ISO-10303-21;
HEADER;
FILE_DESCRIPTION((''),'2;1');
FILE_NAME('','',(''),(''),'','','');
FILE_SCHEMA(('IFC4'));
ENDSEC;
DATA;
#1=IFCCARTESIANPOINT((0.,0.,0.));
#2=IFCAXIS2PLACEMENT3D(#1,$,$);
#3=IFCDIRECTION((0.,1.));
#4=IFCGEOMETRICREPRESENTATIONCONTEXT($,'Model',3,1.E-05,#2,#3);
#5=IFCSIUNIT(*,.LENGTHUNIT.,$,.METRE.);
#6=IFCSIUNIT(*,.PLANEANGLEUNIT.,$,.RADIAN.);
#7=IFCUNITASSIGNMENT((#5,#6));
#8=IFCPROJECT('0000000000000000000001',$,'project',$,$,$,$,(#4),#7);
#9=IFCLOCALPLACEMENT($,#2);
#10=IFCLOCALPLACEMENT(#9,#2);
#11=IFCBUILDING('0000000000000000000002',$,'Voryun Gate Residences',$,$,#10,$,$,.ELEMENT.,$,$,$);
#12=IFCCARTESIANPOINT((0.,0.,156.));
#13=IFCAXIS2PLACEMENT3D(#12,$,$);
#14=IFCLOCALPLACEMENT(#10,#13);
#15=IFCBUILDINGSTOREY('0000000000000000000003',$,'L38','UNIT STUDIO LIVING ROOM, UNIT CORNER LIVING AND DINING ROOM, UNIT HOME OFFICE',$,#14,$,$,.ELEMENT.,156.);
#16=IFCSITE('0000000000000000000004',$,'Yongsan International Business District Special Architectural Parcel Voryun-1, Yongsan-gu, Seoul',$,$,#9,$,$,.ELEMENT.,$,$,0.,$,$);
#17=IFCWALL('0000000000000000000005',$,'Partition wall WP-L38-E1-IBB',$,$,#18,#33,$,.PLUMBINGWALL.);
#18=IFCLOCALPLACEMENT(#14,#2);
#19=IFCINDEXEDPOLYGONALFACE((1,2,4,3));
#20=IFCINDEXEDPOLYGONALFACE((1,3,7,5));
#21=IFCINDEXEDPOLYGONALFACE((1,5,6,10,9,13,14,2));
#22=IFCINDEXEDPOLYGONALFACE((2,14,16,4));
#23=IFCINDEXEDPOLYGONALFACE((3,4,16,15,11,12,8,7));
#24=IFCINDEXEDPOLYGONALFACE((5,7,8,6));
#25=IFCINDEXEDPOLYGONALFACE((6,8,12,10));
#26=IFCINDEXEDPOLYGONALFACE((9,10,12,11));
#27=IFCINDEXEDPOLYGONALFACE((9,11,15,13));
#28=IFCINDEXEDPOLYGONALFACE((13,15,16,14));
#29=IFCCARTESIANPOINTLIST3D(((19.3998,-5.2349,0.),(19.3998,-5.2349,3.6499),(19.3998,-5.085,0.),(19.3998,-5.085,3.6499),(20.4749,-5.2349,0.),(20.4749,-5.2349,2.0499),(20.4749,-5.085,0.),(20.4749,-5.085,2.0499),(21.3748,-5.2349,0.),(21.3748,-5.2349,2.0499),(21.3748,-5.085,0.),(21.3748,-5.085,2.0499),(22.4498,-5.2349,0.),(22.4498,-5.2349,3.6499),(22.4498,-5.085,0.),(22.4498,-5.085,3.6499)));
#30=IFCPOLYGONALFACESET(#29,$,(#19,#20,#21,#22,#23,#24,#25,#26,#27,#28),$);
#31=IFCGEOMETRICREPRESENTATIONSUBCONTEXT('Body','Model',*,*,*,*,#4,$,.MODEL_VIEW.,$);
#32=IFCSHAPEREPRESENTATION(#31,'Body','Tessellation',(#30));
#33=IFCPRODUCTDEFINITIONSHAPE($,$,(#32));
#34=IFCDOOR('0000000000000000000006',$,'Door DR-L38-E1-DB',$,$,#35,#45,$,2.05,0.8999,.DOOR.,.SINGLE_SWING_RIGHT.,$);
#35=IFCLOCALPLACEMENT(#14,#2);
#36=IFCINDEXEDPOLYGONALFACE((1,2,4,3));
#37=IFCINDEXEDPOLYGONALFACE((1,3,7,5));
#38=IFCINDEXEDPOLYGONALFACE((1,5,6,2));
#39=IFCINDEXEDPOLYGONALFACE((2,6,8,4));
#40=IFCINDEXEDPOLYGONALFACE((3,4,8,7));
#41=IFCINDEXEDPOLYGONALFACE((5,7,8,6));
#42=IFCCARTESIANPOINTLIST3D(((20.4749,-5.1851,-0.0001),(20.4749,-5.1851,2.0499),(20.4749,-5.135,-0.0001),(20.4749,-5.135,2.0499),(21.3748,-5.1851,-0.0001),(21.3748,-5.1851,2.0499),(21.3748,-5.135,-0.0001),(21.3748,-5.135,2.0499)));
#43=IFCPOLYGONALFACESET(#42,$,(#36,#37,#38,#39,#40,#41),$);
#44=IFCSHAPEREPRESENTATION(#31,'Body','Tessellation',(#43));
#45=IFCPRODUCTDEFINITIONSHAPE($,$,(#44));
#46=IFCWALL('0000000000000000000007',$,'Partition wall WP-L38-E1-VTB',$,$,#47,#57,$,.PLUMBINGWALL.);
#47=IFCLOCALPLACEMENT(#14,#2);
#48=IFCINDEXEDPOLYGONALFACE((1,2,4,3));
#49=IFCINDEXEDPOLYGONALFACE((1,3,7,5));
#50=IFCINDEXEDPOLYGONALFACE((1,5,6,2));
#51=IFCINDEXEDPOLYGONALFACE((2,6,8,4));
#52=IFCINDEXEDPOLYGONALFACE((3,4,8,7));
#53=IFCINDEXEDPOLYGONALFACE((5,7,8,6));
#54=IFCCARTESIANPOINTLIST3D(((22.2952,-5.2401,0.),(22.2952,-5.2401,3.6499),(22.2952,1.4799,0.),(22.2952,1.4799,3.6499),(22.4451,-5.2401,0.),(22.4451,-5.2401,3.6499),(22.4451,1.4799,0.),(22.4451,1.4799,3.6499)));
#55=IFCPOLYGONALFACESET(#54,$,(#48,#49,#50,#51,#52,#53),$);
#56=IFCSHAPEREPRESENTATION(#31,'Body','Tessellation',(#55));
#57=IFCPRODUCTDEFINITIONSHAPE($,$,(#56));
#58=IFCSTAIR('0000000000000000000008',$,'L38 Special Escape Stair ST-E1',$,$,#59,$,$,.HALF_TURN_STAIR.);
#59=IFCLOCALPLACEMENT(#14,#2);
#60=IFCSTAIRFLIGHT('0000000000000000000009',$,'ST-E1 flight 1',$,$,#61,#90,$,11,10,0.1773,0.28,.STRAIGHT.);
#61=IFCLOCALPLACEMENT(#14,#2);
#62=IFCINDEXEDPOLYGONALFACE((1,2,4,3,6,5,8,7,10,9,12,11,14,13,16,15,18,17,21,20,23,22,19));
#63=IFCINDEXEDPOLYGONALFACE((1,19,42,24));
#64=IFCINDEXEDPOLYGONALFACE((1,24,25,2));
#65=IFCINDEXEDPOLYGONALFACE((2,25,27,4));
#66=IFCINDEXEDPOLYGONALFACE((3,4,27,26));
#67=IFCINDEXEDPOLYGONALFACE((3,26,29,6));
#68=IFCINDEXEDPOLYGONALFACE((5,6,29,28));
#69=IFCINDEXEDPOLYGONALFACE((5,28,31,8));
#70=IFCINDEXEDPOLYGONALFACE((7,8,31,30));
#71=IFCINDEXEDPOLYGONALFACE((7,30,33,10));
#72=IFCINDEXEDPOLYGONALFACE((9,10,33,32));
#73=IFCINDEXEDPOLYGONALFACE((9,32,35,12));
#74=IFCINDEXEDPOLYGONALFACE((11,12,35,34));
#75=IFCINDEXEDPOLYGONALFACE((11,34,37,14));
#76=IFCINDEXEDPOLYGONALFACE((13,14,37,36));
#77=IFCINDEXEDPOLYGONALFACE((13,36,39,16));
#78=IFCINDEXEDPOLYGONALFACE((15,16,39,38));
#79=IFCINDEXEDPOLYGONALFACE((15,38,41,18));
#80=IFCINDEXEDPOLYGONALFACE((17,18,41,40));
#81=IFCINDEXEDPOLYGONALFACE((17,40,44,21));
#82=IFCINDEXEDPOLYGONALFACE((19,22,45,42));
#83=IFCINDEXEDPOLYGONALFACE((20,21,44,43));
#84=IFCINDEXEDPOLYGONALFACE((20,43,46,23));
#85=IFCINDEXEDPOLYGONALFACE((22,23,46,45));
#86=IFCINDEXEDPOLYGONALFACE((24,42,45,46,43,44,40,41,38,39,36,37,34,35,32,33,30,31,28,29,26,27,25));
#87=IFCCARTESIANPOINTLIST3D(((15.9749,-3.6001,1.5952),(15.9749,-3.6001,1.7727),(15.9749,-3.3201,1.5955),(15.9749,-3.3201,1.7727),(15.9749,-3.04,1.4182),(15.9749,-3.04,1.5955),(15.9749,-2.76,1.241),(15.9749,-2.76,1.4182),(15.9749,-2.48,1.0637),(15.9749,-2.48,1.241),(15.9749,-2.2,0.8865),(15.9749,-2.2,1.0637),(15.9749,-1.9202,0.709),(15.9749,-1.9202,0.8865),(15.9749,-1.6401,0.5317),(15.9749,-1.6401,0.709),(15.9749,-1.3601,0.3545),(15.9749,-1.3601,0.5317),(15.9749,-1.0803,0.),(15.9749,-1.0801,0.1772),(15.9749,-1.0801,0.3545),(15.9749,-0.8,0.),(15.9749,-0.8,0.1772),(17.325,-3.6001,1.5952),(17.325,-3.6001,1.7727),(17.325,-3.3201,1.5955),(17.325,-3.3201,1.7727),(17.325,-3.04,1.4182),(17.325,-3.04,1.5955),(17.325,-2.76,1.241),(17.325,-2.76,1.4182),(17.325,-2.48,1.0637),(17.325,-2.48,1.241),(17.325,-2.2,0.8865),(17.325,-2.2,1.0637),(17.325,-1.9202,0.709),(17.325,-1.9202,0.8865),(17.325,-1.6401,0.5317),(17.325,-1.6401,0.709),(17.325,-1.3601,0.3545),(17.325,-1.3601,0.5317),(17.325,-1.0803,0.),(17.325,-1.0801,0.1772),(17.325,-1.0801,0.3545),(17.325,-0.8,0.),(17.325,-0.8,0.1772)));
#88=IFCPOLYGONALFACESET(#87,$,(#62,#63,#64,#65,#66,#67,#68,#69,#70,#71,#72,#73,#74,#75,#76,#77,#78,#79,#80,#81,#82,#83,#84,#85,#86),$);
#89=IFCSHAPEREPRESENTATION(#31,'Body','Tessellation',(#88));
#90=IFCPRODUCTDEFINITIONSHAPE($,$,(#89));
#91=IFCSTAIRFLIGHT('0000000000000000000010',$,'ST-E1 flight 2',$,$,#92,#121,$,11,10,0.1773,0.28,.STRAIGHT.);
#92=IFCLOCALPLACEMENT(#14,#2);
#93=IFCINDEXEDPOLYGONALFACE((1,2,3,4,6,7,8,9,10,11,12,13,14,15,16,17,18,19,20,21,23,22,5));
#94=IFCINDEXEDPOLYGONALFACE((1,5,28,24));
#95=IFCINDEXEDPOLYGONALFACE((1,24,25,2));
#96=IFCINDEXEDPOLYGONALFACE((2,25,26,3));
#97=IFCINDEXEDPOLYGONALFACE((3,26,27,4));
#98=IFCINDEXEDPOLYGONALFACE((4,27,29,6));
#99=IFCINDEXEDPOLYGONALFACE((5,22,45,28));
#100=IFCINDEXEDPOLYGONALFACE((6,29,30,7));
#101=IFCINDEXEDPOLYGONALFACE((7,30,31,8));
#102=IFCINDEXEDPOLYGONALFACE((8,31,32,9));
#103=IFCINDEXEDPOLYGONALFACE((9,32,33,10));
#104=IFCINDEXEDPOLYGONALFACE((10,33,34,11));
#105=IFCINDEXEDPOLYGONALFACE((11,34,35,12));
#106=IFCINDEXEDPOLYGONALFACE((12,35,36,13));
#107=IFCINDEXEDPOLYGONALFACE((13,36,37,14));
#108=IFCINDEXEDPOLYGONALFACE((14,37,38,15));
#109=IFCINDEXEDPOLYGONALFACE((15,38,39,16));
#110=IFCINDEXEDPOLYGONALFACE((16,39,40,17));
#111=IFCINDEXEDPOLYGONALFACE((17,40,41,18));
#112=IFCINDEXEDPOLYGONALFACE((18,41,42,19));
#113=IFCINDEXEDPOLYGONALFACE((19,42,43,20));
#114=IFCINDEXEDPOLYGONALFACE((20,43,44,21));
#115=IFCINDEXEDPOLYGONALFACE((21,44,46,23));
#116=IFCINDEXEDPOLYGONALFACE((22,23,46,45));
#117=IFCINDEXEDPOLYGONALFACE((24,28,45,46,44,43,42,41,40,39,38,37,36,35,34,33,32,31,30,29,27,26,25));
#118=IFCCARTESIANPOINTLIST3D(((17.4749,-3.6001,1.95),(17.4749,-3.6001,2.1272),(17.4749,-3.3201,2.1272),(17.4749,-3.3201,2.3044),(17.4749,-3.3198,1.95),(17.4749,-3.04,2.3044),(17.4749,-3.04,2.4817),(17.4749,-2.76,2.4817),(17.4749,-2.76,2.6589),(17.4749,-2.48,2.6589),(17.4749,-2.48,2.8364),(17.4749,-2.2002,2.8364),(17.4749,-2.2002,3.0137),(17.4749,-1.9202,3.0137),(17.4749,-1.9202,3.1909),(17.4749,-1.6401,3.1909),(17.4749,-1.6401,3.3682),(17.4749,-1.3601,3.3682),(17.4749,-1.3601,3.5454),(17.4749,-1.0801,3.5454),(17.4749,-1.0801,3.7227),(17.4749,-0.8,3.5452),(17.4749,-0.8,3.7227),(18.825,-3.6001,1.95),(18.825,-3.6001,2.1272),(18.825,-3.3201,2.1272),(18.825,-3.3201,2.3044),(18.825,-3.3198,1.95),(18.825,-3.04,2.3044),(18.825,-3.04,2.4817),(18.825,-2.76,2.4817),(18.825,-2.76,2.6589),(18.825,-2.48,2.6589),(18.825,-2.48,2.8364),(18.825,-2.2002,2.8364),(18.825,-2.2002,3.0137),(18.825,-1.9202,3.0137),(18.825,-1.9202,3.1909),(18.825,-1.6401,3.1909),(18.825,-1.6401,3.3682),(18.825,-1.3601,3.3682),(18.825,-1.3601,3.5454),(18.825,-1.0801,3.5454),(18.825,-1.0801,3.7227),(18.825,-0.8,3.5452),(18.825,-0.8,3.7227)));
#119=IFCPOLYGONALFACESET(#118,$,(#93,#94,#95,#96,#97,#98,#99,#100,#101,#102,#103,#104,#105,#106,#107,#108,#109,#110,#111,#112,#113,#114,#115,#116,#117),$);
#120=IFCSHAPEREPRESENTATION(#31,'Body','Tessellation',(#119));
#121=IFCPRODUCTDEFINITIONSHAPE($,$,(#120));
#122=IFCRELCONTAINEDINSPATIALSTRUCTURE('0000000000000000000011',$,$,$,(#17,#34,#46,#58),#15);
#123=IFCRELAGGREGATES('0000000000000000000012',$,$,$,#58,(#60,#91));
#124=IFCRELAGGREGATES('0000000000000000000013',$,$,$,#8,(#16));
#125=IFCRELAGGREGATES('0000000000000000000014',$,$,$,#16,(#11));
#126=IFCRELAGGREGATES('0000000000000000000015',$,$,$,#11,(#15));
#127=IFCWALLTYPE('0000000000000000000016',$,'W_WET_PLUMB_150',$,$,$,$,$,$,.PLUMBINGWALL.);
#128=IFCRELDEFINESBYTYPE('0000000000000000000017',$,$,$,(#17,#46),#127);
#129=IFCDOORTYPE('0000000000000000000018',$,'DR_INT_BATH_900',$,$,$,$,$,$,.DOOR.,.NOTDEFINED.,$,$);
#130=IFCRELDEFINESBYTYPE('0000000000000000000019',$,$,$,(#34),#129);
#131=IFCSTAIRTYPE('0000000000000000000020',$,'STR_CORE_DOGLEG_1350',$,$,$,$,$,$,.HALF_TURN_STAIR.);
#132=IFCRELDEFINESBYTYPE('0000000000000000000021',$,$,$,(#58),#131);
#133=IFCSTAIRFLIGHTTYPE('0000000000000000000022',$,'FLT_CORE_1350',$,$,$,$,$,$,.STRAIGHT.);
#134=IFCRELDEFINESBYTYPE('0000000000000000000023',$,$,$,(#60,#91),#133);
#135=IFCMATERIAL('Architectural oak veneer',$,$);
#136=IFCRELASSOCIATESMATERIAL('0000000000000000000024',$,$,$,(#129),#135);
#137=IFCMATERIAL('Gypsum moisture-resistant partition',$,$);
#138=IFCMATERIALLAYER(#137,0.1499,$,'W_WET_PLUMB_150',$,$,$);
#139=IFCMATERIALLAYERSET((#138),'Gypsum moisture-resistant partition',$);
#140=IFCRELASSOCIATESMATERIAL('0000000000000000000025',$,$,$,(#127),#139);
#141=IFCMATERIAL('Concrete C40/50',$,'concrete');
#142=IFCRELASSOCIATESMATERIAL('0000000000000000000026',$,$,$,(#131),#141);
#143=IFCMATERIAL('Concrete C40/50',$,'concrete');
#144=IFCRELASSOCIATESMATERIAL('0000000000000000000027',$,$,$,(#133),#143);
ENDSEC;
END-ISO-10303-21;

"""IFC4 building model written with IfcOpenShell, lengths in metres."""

from ifc_helpers import new_model, si_unit, direction, frame, frame_2d, origin, place, context, subcontext, project, spatial, polyline, rectangle, outline, extrude, material, layer, layer_set, type_object, element, fill, aggregate, save


model = new_model("IFC4")

# Units and contexts
model_context = context("Model", 3, precision=1e-05, world=origin(), true_north=direction((0.0, 1.0)))
body_context = subcontext(model_context, "Body", "Model", "MODEL_VIEW")
ifc_project = project(units=[si_unit("LENGTHUNIT", "METRE"), si_unit("PLANEANGLEUNIT", "RADIAN")], contexts=[model_context])

# Site, building, storey
site_placement = place(None, origin())
site = spatial("IfcSite", under=ifc_project, at=site_placement, Name="Yongsan International Business District Special Architectural Parcel Voryun-1, Yongsan-gu, Seoul", CompositionType="ELEMENT", RefElevation=0.0)
building_placement = place(site_placement, origin())
building = spatial("IfcBuilding", under=site, at=building_placement, Name="Voryun Gate Residences", CompositionType="ELEMENT")
storey_placement = place(building_placement, frame((0.0, 0.0, 156.0)))
storey = spatial("IfcBuildingStorey", under=building, at=storey_placement, Name="L38", Description="UNIT STUDIO LIVING ROOM, UNIT CORNER LIVING AND DINING ROOM, UNIT HOME OFFICE", CompositionType="ELEMENT", Elevation=156.0)

# Wall, opening, door
ifc_material_1 = material(Name="Architectural oak veneer")
door_type = type_object("IfcDoorType", Name="DR_INT_BATH_900", OperationType="NOTDEFINED", PredefinedType="DOOR", material=ifc_material_1)
ifc_material_2 = material(Name="Gypsum moisture-resistant partition")
ifc_layer_1 = layer(ifc_material_2, 0.1499, Name="W_WET_PLUMB_150")
ifc_layer_set_1 = layer_set([ifc_layer_1], Name="Gypsum moisture-resistant partition")
wall_type_1 = type_object("IfcWallType", Name="W_WET_PLUMB_150", PredefinedType="PLUMBINGWALL", material=ifc_layer_set_1)
wall_1_placement = place(storey_placement, frame((19.3999, -5.1599, 0.0), z_axis=(0.0, 0.0, 1.0), x_axis=(1.0, 0.0, 0.0)))
wall_1 = element("IfcWall", 1, at=wall_1_placement, inside=storey, type_object=wall_type_1, Name="Partition wall WP-L38-E1-IBB", PredefinedType="PLUMBINGWALL", context=body_context, shape_type="SweptSolid", body=[
    extrude(rectangle(XDim=3.05, YDim=0.1499, at=frame_2d((1.5249, 0.0))), origin(), (0.0, 0.0, 1.0), 3.6499),
])
opening_1_placement = place(wall_1_placement, frame((1.075, 0.0, 0.0)))
opening_1 = element("IfcOpeningElement", 2, at=opening_1_placement, cuts=wall_1, PredefinedType="OPENING", context=body_context, shape_type="SweptSolid", body=[
    extrude(rectangle(XDim=0.8999, YDim=2.05, at=frame_2d((0.45, 1.0249))), frame((0.0, 0.085, 0.0), z_axis=(0.0, -1.0, 0.0), x_axis=(1.0, 0.0, 0.0)), (0.0, 0.0, 1.0), 0.1699),
])
door_1_placement = place(opening_1_placement, origin())
door_1 = element("IfcDoor", 3, at=door_1_placement, inside=storey, type_object=door_type, Name="Door DR-L38-E1-DB", OperationType="SINGLE_SWING_RIGHT", OverallHeight=2.05, OverallWidth=0.8999, PredefinedType="DOOR", context=body_context, shape_type="SweptSolid", body=[
    extrude(rectangle(XDim=0.8999, YDim=2.05, at=frame_2d((0.45, 1.0249))), frame((0.0, 0.0249, 0.0), z_axis=(0.0, -1.0, 0.0), x_axis=(1.0, 0.0, 0.0)), (0.0, 0.0, 1.0), 0.05),
])
fill(opening_1, door_1)

# Wall
wall_2_placement = place(storey_placement, frame((22.3701, -5.24, 0.0), z_axis=(0.0, 0.0, 1.0), x_axis=(0.0, 1.0, 0.0)))
element("IfcWall", 4, at=wall_2_placement, inside=storey, type_object=wall_type_1, Name="Partition wall WP-L38-E1-VTB", PredefinedType="PLUMBINGWALL", context=body_context, shape_type="SweptSolid", body=[
    extrude(rectangle(XDim=6.72, YDim=0.1499, at=frame_2d((3.3599, 0.0))), origin(), (0.0, 0.0, 1.0), 3.6499),
])

# Stair, stair flights
ifc_material_3 = material(Name="Concrete C40/50", Category="concrete")
stair_type = type_object("IfcStairType", Name="STR_CORE_DOGLEG_1350", PredefinedType="HALF_TURN_STAIR", material=ifc_material_3)
stair_placement = place(storey_placement, origin())
stair = element("IfcStair", 5, at=stair_placement, inside=storey, type_object=stair_type, Name="L38 Special Escape Stair ST-E1", PredefinedType="HALF_TURN_STAIR")
ifc_material_4 = material(Name="Concrete C40/50", Category="concrete")
stair_flight_type = type_object("IfcStairFlightType", Name="FLT_CORE_1350", PredefinedType="STRAIGHT", material=ifc_material_4)
stair_flight_1_placement = place(storey_placement, frame((16.6499, -0.8, 0.0), z_axis=(0.0, 0.0, 1.0), x_axis=(0.0, -1.0, 0.0)))
stair_flight_1 = element("IfcStairFlight", 6, at=stair_flight_1_placement, type_object=stair_flight_type, Name="ST-E1 flight 1", NumberOfRisers=11, NumberOfTreads=10, PredefinedType="STRAIGHT", RiserHeight=0.1773, TreadLength=0.28, context=body_context, shape_type="SweptSolid", body=[
    extrude(outline(polyline([(0.0, 0.0), (0.0, 0.1772), (0.28, 0.1772), (0.28, 0.3545), (0.5601, 0.3545), (0.5601, 0.5317), (0.8401, 0.5317), (0.8401, 0.709), (1.1201, 0.709), (1.1201, 0.8865), (1.3999, 0.8865), (1.3999, 1.0637), (1.6799, 1.0637), (1.6799, 1.241), (1.96, 1.241), (1.96, 1.4182), (2.24, 1.4182), (2.24, 1.5955), (2.52, 1.5955), (2.52, 1.7727), (2.8, 1.7727), (2.8, 1.95), (2.8, 1.5952), (0.2803, 0.0), (0.0, 0.0)])), frame((0.0, 0.675, 0.0), z_axis=(0.0, -1.0, 0.0), x_axis=(1.0, 0.0, 0.0)), (0.0, 0.0, 1.0), 1.3501),
])
stair_flight_2_placement = place(storey_placement, frame((18.1499, -3.6001, 1.95), z_axis=(0.0, 0.0, 1.0), x_axis=(0.0, 1.0, 0.0)))
stair_flight_2 = element("IfcStairFlight", 7, at=stair_flight_2_placement, type_object=stair_flight_type, Name="ST-E1 flight 2", NumberOfRisers=11, NumberOfTreads=10, PredefinedType="STRAIGHT", RiserHeight=0.1773, TreadLength=0.28, context=body_context, shape_type="SweptSolid", body=[
    extrude(outline(polyline([(0.0, 0.0), (0.0, 0.1772), (0.28, 0.1772), (0.28, 0.3545), (0.5601, 0.3545), (0.5601, 0.5317), (0.8401, 0.5317), (0.8401, 0.709), (1.1201, 0.709), (1.1201, 0.8865), (1.3999, 0.8865), (1.3999, 1.0637), (1.6799, 1.0637), (1.6799, 1.241), (1.96, 1.241), (1.96, 1.4182), (2.24, 1.4182), (2.24, 1.5955), (2.52, 1.5955), (2.52, 1.7727), (2.8, 1.7727), (2.8, 1.95), (2.8, 1.5952), (0.2803, 0.0), (0.0, 0.0)])), frame((0.0, 0.675, 0.0), z_axis=(0.0, -1.0, 0.0), x_axis=(1.0, 0.0, 0.0)), (0.0, 0.0, 1.0), 1.3501),
])
aggregate(stair, [stair_flight_1, stair_flight_2])

save(model, "model.ifc")
